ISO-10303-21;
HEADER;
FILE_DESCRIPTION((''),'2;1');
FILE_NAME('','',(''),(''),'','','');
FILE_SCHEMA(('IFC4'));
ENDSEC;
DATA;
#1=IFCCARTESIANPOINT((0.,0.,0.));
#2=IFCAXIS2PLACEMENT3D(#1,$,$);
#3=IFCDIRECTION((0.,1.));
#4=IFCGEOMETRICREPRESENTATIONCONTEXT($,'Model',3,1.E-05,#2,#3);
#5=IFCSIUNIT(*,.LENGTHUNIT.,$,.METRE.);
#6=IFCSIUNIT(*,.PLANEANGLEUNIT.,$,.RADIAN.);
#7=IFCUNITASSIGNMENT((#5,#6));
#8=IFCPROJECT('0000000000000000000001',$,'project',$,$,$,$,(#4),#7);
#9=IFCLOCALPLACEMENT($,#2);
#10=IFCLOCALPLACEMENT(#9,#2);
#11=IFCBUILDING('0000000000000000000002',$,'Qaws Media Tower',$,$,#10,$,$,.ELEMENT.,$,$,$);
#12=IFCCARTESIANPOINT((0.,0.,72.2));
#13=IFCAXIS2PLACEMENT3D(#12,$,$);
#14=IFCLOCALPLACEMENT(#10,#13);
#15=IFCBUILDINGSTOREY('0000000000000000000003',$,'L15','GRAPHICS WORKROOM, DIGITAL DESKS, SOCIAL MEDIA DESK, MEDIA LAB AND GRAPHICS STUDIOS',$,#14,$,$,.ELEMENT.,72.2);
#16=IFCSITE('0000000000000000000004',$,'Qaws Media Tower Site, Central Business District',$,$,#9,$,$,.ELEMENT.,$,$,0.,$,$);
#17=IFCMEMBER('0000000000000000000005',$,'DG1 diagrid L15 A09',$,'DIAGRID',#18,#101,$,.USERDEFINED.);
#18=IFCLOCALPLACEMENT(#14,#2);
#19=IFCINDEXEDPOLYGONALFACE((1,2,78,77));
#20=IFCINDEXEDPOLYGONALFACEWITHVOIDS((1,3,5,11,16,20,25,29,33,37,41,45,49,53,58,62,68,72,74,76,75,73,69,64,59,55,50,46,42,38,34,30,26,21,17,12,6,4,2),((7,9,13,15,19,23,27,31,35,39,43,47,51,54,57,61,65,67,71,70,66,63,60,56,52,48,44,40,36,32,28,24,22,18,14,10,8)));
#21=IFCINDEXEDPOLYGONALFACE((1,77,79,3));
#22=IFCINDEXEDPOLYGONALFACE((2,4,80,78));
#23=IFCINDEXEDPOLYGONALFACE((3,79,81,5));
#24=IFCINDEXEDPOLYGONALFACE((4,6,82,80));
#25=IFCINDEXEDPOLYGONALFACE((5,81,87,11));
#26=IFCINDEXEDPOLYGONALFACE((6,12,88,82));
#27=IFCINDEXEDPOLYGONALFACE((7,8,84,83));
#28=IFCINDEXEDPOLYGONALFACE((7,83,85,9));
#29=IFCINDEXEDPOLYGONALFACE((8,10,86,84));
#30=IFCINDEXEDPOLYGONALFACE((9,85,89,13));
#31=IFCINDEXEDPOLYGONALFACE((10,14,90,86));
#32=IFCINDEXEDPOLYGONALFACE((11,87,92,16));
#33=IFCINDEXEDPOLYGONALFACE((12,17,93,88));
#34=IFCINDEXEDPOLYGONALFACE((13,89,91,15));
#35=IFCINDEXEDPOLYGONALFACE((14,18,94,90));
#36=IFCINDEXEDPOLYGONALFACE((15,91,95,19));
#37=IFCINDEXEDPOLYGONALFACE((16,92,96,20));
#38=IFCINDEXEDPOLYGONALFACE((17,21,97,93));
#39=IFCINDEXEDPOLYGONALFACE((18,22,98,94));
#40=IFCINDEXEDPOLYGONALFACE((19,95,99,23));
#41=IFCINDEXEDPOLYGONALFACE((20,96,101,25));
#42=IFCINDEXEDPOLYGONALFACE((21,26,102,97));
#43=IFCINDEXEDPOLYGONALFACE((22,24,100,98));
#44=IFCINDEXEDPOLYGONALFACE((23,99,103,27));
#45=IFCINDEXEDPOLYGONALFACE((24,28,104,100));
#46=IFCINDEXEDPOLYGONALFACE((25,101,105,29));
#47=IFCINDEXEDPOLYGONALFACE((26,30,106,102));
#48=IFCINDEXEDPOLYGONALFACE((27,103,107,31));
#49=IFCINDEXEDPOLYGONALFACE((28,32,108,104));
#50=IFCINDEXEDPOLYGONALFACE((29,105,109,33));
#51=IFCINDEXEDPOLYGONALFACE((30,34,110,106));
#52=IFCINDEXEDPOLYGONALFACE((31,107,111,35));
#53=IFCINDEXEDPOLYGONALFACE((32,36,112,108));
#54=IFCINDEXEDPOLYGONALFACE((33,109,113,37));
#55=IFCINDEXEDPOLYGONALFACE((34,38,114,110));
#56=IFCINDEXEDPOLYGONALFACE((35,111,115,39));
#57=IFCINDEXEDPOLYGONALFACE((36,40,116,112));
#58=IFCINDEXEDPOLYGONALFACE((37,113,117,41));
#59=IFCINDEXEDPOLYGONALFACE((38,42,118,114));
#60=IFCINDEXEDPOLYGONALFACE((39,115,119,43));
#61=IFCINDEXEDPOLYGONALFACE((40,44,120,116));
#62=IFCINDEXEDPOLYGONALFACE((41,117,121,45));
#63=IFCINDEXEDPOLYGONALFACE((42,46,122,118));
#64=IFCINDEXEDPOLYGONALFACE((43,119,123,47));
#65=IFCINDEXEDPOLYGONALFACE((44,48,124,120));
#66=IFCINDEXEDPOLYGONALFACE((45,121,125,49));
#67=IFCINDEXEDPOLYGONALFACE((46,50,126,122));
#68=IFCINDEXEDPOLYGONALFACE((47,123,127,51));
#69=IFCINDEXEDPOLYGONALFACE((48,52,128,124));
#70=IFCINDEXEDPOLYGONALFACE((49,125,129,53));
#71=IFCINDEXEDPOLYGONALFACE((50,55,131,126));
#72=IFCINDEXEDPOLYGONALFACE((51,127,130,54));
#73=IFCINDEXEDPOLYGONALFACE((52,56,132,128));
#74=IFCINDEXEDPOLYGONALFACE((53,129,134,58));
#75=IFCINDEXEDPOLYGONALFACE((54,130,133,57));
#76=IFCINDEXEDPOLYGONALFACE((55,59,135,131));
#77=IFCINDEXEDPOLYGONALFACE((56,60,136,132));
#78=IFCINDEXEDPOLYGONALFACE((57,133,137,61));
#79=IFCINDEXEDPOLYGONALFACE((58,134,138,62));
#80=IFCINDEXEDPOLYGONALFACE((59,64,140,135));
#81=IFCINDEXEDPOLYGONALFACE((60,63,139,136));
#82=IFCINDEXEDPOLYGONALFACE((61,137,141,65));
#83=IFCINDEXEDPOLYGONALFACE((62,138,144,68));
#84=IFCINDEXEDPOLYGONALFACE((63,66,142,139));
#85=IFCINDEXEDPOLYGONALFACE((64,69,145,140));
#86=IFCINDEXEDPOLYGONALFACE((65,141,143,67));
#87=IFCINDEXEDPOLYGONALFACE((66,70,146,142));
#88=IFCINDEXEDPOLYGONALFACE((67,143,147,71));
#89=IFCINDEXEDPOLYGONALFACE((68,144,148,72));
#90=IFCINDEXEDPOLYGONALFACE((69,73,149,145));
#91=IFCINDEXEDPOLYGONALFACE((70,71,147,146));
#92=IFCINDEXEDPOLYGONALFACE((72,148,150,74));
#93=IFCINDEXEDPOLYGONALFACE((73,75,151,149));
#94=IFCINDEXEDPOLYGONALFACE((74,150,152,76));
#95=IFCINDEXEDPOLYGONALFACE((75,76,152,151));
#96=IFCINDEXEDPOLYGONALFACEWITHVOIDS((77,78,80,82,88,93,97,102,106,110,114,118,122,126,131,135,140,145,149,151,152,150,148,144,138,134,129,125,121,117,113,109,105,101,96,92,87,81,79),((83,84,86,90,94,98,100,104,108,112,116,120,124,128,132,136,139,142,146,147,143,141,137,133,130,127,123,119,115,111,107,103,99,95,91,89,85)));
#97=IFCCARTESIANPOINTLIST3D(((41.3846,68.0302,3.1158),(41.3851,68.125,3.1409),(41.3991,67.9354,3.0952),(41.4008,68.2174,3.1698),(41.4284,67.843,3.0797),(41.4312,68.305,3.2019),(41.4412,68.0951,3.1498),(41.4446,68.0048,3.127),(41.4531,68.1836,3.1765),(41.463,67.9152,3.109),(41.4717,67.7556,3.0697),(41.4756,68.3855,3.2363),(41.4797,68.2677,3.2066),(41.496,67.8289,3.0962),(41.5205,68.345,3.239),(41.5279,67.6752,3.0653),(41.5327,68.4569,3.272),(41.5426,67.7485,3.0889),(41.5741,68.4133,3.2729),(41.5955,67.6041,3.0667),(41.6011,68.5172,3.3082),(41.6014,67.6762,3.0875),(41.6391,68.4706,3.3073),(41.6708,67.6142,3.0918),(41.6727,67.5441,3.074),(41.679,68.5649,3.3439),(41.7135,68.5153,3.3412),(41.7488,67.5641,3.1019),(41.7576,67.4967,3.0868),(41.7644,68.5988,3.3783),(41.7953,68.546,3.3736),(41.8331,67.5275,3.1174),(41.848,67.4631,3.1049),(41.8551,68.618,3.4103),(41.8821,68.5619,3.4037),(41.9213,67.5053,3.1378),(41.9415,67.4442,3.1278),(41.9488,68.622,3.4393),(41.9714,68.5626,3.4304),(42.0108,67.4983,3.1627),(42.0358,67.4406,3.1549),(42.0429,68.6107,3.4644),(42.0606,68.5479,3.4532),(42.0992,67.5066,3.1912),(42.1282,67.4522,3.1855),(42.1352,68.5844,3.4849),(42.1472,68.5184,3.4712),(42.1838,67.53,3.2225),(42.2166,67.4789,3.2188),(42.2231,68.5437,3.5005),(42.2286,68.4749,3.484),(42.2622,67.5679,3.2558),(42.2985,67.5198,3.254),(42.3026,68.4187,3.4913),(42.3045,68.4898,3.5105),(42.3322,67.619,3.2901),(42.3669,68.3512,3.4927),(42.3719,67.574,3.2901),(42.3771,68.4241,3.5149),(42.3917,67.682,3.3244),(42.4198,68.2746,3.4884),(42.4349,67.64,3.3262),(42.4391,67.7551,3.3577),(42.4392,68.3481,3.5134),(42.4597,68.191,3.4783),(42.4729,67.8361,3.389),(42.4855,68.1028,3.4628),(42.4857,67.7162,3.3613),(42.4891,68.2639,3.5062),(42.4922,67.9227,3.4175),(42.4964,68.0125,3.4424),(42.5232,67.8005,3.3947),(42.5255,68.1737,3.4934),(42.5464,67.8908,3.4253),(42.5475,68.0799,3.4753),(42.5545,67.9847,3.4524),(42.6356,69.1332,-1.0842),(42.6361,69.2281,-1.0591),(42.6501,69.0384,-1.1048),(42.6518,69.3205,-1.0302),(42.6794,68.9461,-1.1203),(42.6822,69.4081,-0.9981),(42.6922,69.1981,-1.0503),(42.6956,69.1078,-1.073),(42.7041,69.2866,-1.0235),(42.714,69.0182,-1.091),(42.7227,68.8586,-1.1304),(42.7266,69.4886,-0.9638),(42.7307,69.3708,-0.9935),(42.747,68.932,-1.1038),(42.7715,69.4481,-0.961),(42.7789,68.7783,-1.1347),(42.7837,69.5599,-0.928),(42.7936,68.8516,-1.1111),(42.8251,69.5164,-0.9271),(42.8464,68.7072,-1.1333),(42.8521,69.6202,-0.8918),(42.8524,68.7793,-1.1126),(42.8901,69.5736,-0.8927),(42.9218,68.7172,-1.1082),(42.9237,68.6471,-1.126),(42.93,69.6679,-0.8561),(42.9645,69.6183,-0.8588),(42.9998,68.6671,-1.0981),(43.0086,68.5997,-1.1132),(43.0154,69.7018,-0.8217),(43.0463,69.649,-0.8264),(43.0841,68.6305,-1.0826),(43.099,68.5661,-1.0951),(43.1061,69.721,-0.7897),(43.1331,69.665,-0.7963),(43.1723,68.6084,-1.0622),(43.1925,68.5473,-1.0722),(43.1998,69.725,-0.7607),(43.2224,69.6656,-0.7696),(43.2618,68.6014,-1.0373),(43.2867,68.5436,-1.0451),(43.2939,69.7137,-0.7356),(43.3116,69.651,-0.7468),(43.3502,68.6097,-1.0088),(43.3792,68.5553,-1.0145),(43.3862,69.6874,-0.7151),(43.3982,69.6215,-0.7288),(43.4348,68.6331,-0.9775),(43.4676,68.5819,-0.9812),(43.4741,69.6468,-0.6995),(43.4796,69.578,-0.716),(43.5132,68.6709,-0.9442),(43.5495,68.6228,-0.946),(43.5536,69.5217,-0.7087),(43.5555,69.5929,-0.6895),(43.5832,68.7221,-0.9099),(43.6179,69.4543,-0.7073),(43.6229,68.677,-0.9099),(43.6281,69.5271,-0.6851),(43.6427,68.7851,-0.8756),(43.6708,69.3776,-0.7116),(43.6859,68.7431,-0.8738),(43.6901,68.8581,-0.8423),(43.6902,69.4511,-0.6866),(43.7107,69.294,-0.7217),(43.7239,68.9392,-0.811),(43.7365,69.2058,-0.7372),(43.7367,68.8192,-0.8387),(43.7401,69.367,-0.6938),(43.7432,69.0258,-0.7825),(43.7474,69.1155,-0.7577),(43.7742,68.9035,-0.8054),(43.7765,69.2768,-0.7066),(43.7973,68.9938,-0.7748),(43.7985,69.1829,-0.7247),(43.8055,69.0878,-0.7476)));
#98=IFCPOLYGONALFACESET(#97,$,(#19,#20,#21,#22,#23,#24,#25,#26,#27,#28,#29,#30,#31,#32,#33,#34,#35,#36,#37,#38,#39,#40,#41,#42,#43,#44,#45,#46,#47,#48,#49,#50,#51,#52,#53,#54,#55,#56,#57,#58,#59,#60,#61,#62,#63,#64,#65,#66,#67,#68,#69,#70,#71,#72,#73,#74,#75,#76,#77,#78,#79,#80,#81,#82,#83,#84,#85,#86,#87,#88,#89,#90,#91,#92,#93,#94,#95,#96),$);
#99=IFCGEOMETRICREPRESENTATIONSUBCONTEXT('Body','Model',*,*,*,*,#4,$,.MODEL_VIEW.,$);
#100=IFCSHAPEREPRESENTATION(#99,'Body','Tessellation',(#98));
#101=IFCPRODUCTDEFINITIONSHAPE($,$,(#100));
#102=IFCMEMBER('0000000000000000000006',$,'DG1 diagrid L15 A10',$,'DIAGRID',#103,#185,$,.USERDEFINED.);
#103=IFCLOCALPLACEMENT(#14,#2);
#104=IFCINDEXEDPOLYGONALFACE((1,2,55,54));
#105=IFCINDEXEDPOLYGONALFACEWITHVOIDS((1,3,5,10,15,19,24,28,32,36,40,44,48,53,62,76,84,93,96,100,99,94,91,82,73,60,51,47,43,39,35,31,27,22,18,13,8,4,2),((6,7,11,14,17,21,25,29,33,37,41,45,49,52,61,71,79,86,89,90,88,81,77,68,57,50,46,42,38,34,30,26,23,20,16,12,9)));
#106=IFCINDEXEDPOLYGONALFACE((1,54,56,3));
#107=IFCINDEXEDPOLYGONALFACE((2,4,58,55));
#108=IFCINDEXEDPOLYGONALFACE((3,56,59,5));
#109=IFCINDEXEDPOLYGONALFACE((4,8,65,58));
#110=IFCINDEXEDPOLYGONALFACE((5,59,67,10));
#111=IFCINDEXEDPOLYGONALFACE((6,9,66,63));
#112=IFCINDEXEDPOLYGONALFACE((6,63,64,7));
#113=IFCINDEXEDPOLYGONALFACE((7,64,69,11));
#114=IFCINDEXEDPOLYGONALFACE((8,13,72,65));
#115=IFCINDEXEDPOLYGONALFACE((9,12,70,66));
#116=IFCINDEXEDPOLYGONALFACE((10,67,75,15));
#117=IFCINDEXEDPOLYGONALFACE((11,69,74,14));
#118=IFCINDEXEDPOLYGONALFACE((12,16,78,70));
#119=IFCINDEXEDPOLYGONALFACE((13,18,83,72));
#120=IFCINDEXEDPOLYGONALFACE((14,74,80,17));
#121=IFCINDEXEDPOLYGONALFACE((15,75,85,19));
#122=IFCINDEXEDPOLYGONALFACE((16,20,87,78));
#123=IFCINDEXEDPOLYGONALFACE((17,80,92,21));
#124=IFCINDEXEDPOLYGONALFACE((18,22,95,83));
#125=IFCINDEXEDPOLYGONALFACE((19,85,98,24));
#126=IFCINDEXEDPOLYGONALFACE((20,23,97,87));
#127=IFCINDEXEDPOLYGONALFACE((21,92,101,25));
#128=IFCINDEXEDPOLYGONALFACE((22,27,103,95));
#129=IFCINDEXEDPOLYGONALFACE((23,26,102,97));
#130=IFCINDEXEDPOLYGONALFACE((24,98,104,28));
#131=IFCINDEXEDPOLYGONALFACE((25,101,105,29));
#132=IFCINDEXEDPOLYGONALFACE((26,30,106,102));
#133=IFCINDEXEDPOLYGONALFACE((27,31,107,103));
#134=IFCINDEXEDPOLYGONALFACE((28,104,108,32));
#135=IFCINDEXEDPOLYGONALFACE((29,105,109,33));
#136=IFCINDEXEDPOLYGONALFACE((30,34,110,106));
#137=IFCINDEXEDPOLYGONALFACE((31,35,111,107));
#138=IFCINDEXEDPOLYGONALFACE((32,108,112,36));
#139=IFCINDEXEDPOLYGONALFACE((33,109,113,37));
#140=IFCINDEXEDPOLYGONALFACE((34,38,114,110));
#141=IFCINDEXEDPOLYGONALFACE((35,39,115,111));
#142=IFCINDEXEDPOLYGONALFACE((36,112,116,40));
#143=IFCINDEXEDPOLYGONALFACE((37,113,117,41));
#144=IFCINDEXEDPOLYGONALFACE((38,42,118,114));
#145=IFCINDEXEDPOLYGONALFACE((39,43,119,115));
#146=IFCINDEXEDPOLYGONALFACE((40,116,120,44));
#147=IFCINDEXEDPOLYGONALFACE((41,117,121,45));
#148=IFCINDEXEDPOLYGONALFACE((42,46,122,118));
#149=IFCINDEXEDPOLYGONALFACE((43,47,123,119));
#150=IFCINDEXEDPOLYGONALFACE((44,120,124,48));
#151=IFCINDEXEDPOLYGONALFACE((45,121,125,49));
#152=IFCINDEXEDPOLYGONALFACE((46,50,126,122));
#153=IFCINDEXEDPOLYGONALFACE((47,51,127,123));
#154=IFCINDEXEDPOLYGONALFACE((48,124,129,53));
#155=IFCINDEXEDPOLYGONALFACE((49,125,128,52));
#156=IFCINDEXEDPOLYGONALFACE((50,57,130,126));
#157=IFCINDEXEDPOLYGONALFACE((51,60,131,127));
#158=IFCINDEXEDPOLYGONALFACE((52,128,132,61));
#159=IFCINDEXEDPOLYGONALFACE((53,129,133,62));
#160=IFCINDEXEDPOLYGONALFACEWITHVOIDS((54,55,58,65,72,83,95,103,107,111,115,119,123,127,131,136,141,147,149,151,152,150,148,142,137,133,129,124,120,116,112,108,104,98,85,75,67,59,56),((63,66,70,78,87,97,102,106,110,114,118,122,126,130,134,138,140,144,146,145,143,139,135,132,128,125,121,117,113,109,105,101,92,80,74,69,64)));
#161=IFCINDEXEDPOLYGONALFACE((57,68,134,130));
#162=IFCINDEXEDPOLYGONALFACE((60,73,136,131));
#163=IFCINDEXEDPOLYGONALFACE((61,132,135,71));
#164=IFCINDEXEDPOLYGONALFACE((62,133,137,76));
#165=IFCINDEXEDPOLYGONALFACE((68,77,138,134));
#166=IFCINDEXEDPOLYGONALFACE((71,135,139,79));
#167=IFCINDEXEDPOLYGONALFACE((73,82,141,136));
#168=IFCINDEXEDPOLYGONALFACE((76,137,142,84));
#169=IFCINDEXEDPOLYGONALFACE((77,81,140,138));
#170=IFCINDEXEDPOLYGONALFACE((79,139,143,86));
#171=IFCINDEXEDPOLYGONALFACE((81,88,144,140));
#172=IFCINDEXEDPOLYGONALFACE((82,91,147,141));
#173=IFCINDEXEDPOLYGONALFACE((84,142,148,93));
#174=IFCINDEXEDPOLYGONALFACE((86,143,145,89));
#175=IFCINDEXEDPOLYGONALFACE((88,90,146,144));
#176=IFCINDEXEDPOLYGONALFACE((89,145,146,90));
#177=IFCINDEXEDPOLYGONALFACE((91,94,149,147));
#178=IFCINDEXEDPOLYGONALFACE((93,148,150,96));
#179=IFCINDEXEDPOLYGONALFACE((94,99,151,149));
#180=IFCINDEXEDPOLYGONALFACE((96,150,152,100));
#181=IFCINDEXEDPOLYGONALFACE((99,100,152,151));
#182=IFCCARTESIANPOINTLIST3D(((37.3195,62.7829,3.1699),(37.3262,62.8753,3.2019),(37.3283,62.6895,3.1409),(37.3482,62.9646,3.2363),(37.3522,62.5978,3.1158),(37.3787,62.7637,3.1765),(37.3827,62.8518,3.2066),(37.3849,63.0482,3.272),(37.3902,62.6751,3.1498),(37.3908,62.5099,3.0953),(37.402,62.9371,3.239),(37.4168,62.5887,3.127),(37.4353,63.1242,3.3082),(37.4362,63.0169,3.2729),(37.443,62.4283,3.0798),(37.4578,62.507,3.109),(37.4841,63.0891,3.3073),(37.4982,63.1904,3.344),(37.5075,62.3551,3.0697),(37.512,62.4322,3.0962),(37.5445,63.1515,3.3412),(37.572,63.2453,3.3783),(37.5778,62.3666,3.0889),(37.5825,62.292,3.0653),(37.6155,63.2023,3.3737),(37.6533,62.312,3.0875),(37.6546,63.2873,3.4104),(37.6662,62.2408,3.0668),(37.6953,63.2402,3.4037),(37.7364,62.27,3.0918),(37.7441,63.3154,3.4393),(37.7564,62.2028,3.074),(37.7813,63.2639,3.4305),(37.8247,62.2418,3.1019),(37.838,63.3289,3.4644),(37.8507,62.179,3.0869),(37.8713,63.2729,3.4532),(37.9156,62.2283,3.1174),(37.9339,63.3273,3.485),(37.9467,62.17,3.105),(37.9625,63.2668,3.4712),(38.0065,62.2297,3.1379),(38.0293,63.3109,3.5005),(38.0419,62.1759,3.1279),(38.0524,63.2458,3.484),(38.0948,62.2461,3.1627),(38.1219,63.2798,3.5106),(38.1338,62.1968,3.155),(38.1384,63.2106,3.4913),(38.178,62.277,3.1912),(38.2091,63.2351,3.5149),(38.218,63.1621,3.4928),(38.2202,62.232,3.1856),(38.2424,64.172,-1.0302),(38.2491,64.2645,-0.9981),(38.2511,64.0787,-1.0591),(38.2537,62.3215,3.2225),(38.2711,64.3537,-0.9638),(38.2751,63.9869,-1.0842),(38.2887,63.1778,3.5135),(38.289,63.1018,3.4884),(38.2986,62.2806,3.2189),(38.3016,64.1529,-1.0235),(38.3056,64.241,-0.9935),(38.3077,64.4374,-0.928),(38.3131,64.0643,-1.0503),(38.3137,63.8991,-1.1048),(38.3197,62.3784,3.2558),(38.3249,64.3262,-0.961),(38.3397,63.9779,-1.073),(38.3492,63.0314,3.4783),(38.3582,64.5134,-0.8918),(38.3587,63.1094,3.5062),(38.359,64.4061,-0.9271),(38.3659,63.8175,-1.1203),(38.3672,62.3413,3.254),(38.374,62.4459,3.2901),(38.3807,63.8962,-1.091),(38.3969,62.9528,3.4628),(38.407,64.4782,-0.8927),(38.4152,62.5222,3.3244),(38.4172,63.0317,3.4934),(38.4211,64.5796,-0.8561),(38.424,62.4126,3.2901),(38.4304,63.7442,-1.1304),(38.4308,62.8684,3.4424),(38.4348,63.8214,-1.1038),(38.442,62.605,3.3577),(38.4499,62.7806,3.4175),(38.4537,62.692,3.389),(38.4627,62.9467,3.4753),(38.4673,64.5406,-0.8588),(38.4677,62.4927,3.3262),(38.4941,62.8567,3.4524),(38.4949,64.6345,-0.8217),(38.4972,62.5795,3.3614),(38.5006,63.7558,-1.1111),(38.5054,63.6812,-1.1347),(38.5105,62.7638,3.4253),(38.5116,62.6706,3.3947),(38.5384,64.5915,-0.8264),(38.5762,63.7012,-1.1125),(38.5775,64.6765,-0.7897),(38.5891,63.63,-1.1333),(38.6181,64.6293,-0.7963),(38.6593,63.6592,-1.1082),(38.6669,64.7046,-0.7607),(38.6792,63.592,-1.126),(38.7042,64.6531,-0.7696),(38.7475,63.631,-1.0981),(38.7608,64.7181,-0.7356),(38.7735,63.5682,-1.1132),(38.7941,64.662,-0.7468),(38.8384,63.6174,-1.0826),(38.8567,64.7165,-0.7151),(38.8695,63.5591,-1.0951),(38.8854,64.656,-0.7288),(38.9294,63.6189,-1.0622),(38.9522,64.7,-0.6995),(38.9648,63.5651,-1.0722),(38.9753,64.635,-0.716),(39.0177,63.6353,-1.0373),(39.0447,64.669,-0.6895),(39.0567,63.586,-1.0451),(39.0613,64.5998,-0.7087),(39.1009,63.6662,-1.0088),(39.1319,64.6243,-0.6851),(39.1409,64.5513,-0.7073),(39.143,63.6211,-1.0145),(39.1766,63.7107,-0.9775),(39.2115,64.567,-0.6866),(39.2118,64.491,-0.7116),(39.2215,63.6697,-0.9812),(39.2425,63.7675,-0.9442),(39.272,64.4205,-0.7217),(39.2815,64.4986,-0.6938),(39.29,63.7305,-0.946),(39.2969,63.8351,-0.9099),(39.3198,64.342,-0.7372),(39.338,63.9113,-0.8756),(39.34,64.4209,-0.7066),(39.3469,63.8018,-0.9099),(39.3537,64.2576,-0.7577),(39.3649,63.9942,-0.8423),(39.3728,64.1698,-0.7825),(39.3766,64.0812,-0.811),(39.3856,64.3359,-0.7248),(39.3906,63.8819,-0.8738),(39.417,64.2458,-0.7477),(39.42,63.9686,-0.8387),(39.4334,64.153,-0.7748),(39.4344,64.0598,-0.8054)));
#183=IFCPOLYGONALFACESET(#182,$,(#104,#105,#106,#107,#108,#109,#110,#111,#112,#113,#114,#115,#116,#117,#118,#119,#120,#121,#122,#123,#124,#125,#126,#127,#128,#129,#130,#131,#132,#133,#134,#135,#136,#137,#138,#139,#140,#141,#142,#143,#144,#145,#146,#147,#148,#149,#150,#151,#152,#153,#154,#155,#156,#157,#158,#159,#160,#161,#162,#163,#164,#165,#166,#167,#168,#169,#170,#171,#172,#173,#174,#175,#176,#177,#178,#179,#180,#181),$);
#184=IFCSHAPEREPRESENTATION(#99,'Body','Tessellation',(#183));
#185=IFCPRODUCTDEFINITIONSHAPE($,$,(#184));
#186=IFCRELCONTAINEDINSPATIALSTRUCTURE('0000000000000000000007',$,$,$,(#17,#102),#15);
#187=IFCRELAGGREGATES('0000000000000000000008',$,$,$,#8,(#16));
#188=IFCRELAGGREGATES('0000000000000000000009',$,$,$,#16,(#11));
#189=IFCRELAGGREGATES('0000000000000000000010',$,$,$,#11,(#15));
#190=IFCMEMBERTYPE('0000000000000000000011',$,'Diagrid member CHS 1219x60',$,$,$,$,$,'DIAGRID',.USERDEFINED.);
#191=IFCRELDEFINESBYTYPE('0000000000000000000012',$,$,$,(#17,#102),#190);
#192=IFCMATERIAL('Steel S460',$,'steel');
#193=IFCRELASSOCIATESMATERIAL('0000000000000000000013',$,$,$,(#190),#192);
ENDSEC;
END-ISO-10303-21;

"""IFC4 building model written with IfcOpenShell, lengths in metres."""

from ifc_helpers import new_model, si_unit, direction, frame, origin, origin_2d, place, context, subcontext, project, spatial, hollow_circle, extrude, material, material_profile, profile_set, type_object, element, save


model = new_model("IFC4")

# Units and contexts
model_context = context("Model", 3, precision=1e-05, world=origin(), true_north=direction((0.0, 1.0)))
body_context = subcontext(model_context, "Body", "Model", "MODEL_VIEW")
ifc_project = project(units=[si_unit("LENGTHUNIT", "METRE"), si_unit("PLANEANGLEUNIT", "RADIAN")], contexts=[model_context])

# Site, building, storey
site_placement = place(None, origin())
site = spatial("IfcSite", under=ifc_project, at=site_placement, Name="Qaws Media Tower Site, Central Business District", CompositionType="ELEMENT", RefElevation=0.0)
building_placement = place(site_placement, origin())
building = spatial("IfcBuilding", under=site, at=building_placement, Name="Qaws Media Tower", CompositionType="ELEMENT")
storey_placement = place(building_placement, frame((0.0, 0.0, 72.2)))
storey = spatial("IfcBuildingStorey", under=building, at=storey_placement, Name="L15", Description="GRAPHICS WORKROOM, DIGITAL DESKS, SOCIAL MEDIA DESK, MEDIA LAB AND GRAPHICS STUDIOS", CompositionType="ELEMENT", Elevation=72.2)

# Members
ifc_material_1 = material(Name="Steel S460", Category="steel")
ifc_material_profile_1 = material_profile(ifc_material_1, hollow_circle(Radius=0.6096, WallThickness=0.0601, at=origin_2d()), Name="CHS 1219x60")
ifc_profile_set_1 = profile_set([ifc_material_profile_1], Name="Steel S460")
member_type_1 = type_object("IfcMemberType", Name="Diagrid member CHS 1219x60", ElementType="DIAGRID", PredefinedType="USERDEFINED", material=ifc_profile_set_1)
for number, where, z_axis, x_axis, name in (
    (1, (43.2197, 69.1343, -0.9099), (-0.276827, -0.244088, 0.929402), (0.66136, -0.750068, 0.0), "DG1 diagrid L15 A09"),
    (2, (38.8391, 64.1392, -0.9099), (-0.204218, -0.307407, 0.929406), (0.83295, -0.553348, 0.0), "DG1 diagrid L15 A10"),
):
    element("IfcMember", number, at=place(storey_placement, frame(where, z_axis=z_axis, x_axis=x_axis)), inside=storey, type_object=member_type_1, Name=name, ObjectType="DIAGRID", PredefinedType="USERDEFINED", context=body_context, shape_type="SweptSolid", body=[
        extrude(hollow_circle(Radius=0.6096, WallThickness=0.0601, at=origin_2d()), origin(), (0.0, 0.0, 1.0), 4.519),
    ])

save(model, "model.ifc")
